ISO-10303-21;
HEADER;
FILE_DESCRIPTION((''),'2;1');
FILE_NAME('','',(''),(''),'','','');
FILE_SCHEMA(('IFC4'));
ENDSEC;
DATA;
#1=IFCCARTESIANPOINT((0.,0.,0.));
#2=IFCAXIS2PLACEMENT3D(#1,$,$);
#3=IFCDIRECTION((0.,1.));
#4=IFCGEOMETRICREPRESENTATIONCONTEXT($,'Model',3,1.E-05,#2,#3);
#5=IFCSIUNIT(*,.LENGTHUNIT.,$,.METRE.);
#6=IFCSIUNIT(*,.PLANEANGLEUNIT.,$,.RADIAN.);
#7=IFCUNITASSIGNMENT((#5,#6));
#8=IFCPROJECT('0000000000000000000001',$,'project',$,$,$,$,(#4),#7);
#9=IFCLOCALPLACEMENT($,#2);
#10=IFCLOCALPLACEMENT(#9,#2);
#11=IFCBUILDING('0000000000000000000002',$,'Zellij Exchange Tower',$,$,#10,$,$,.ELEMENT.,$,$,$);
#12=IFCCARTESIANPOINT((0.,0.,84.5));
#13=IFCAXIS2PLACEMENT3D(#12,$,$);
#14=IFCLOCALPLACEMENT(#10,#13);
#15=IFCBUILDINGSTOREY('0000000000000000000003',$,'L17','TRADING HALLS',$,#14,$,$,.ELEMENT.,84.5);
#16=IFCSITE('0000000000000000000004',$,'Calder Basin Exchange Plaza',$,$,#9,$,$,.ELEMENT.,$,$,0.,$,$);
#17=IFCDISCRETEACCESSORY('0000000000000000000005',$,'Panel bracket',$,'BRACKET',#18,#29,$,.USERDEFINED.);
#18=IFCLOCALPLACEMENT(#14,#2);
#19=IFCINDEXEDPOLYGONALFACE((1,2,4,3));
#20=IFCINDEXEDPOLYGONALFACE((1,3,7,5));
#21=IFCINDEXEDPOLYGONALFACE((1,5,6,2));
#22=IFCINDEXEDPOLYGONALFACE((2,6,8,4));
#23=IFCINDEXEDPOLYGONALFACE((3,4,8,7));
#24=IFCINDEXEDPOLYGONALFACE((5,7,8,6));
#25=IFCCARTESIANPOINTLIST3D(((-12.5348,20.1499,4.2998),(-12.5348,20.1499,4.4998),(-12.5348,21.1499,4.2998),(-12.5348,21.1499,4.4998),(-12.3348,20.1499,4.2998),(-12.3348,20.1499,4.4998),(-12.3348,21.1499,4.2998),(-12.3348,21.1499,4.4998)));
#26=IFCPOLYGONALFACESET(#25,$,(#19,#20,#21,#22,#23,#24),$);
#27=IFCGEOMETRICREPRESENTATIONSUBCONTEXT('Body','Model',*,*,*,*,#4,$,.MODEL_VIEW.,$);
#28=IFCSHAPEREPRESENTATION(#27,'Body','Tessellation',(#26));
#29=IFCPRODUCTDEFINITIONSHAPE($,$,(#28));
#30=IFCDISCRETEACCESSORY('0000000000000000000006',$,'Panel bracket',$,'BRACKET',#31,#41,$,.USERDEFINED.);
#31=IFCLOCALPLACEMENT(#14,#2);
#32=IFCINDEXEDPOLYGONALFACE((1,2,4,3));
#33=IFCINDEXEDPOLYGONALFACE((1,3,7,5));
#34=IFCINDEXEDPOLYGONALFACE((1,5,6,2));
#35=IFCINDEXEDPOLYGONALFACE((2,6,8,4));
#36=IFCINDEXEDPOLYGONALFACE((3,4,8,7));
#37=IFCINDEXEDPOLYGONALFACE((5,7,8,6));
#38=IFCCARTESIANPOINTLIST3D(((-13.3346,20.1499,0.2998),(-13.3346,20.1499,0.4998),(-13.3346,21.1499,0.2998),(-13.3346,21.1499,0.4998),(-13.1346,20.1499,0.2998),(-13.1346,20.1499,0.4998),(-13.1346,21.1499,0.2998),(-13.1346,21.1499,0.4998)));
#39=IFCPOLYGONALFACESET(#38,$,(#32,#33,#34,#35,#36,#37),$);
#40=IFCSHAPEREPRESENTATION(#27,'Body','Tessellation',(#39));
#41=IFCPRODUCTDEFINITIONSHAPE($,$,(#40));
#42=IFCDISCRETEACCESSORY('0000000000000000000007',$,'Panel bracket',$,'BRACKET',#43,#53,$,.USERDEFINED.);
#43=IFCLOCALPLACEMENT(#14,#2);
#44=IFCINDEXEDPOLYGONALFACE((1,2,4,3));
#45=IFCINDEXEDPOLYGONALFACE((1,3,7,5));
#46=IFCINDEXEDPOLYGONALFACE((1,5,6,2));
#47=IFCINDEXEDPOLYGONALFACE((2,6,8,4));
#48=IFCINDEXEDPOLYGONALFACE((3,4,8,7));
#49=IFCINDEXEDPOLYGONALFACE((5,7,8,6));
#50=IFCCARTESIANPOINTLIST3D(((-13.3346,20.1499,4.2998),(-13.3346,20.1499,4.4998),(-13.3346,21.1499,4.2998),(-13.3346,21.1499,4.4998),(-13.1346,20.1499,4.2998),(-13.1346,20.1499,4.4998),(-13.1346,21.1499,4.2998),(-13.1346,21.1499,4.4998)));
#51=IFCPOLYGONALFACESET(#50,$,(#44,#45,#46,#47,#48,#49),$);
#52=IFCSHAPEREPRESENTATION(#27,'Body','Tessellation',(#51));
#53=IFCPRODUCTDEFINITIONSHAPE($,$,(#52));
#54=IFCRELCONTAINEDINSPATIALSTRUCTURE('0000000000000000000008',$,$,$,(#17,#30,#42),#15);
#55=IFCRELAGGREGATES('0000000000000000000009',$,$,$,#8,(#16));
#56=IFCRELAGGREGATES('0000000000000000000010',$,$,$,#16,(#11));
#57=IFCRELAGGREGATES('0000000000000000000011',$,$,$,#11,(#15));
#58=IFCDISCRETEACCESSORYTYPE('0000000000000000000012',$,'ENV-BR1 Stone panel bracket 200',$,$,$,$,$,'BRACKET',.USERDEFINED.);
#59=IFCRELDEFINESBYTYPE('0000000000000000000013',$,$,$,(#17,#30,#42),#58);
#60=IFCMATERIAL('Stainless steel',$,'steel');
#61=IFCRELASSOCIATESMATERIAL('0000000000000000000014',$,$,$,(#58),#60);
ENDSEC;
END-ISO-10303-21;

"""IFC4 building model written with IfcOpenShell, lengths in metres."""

from ifc_helpers import new_model, si_unit, direction, frame, origin, origin_2d, place, context, subcontext, project, spatial, rectangle, extrude, material, type_object, element, save


model = new_model("IFC4")

# Units and contexts
model_context = context("Model", 3, precision=1e-05, world=origin(), true_north=direction((0.0, 1.0)))
body_context = subcontext(model_context, "Body", "Model", "MODEL_VIEW")
ifc_project = project(units=[si_unit("LENGTHUNIT", "METRE"), si_unit("PLANEANGLEUNIT", "RADIAN")], contexts=[model_context])

# Site, building, storey
site_placement = place(None, origin())
site = spatial("IfcSite", under=ifc_project, at=site_placement, Name="Calder Basin Exchange Plaza", CompositionType="ELEMENT", RefElevation=0.0)
building_placement = place(site_placement, origin())
building = spatial("IfcBuilding", under=site, at=building_placement, Name="Zellij Exchange Tower", CompositionType="ELEMENT")
storey_placement = place(building_placement, frame((0.0, 0.0, 84.5)))
storey = spatial("IfcBuildingStorey", under=building, at=storey_placement, Name="L17", Description="TRADING HALLS", CompositionType="ELEMENT", Elevation=84.5)

# Discrete accessories
ifc_material_1 = material(Name="Stainless steel", Category="steel")
discrete_accessory_type = type_object("IfcDiscreteAccessoryType", Name="ENV-BR1 Stone panel bracket 200", ElementType="BRACKET", PredefinedType="USERDEFINED", material=ifc_material_1)
for number, where, z_axis, x_axis, name in (
    (1, (-12.4348, 20.6499, 4.2998), (0.0, 0.0, 1.0), (-1.0, 0.0, 0.0), "Panel bracket"),
    (2, (-13.2346, 20.6499, 0.2998), (0.0, 0.0, 1.0), (-1.0, 0.0, 0.0), "Panel bracket"),
    (3, (-13.2346, 20.6499, 4.2998), (0.0, 0.0, 1.0), (-1.0, 0.0, 0.0), "Panel bracket"),
):
    element("IfcDiscreteAccessory", number, at=place(storey_placement, frame(where, z_axis=z_axis, x_axis=x_axis)), inside=storey, type_object=discrete_accessory_type, Name=name, ObjectType="BRACKET", PredefinedType="USERDEFINED", context=body_context, shape_type="SweptSolid", body=[
        extrude(rectangle(XDim=0.2, YDim=1.0, at=origin_2d()), origin(), (0.0, 0.0, 1.0), 0.2),
    ])

save(model, "model.ifc")
